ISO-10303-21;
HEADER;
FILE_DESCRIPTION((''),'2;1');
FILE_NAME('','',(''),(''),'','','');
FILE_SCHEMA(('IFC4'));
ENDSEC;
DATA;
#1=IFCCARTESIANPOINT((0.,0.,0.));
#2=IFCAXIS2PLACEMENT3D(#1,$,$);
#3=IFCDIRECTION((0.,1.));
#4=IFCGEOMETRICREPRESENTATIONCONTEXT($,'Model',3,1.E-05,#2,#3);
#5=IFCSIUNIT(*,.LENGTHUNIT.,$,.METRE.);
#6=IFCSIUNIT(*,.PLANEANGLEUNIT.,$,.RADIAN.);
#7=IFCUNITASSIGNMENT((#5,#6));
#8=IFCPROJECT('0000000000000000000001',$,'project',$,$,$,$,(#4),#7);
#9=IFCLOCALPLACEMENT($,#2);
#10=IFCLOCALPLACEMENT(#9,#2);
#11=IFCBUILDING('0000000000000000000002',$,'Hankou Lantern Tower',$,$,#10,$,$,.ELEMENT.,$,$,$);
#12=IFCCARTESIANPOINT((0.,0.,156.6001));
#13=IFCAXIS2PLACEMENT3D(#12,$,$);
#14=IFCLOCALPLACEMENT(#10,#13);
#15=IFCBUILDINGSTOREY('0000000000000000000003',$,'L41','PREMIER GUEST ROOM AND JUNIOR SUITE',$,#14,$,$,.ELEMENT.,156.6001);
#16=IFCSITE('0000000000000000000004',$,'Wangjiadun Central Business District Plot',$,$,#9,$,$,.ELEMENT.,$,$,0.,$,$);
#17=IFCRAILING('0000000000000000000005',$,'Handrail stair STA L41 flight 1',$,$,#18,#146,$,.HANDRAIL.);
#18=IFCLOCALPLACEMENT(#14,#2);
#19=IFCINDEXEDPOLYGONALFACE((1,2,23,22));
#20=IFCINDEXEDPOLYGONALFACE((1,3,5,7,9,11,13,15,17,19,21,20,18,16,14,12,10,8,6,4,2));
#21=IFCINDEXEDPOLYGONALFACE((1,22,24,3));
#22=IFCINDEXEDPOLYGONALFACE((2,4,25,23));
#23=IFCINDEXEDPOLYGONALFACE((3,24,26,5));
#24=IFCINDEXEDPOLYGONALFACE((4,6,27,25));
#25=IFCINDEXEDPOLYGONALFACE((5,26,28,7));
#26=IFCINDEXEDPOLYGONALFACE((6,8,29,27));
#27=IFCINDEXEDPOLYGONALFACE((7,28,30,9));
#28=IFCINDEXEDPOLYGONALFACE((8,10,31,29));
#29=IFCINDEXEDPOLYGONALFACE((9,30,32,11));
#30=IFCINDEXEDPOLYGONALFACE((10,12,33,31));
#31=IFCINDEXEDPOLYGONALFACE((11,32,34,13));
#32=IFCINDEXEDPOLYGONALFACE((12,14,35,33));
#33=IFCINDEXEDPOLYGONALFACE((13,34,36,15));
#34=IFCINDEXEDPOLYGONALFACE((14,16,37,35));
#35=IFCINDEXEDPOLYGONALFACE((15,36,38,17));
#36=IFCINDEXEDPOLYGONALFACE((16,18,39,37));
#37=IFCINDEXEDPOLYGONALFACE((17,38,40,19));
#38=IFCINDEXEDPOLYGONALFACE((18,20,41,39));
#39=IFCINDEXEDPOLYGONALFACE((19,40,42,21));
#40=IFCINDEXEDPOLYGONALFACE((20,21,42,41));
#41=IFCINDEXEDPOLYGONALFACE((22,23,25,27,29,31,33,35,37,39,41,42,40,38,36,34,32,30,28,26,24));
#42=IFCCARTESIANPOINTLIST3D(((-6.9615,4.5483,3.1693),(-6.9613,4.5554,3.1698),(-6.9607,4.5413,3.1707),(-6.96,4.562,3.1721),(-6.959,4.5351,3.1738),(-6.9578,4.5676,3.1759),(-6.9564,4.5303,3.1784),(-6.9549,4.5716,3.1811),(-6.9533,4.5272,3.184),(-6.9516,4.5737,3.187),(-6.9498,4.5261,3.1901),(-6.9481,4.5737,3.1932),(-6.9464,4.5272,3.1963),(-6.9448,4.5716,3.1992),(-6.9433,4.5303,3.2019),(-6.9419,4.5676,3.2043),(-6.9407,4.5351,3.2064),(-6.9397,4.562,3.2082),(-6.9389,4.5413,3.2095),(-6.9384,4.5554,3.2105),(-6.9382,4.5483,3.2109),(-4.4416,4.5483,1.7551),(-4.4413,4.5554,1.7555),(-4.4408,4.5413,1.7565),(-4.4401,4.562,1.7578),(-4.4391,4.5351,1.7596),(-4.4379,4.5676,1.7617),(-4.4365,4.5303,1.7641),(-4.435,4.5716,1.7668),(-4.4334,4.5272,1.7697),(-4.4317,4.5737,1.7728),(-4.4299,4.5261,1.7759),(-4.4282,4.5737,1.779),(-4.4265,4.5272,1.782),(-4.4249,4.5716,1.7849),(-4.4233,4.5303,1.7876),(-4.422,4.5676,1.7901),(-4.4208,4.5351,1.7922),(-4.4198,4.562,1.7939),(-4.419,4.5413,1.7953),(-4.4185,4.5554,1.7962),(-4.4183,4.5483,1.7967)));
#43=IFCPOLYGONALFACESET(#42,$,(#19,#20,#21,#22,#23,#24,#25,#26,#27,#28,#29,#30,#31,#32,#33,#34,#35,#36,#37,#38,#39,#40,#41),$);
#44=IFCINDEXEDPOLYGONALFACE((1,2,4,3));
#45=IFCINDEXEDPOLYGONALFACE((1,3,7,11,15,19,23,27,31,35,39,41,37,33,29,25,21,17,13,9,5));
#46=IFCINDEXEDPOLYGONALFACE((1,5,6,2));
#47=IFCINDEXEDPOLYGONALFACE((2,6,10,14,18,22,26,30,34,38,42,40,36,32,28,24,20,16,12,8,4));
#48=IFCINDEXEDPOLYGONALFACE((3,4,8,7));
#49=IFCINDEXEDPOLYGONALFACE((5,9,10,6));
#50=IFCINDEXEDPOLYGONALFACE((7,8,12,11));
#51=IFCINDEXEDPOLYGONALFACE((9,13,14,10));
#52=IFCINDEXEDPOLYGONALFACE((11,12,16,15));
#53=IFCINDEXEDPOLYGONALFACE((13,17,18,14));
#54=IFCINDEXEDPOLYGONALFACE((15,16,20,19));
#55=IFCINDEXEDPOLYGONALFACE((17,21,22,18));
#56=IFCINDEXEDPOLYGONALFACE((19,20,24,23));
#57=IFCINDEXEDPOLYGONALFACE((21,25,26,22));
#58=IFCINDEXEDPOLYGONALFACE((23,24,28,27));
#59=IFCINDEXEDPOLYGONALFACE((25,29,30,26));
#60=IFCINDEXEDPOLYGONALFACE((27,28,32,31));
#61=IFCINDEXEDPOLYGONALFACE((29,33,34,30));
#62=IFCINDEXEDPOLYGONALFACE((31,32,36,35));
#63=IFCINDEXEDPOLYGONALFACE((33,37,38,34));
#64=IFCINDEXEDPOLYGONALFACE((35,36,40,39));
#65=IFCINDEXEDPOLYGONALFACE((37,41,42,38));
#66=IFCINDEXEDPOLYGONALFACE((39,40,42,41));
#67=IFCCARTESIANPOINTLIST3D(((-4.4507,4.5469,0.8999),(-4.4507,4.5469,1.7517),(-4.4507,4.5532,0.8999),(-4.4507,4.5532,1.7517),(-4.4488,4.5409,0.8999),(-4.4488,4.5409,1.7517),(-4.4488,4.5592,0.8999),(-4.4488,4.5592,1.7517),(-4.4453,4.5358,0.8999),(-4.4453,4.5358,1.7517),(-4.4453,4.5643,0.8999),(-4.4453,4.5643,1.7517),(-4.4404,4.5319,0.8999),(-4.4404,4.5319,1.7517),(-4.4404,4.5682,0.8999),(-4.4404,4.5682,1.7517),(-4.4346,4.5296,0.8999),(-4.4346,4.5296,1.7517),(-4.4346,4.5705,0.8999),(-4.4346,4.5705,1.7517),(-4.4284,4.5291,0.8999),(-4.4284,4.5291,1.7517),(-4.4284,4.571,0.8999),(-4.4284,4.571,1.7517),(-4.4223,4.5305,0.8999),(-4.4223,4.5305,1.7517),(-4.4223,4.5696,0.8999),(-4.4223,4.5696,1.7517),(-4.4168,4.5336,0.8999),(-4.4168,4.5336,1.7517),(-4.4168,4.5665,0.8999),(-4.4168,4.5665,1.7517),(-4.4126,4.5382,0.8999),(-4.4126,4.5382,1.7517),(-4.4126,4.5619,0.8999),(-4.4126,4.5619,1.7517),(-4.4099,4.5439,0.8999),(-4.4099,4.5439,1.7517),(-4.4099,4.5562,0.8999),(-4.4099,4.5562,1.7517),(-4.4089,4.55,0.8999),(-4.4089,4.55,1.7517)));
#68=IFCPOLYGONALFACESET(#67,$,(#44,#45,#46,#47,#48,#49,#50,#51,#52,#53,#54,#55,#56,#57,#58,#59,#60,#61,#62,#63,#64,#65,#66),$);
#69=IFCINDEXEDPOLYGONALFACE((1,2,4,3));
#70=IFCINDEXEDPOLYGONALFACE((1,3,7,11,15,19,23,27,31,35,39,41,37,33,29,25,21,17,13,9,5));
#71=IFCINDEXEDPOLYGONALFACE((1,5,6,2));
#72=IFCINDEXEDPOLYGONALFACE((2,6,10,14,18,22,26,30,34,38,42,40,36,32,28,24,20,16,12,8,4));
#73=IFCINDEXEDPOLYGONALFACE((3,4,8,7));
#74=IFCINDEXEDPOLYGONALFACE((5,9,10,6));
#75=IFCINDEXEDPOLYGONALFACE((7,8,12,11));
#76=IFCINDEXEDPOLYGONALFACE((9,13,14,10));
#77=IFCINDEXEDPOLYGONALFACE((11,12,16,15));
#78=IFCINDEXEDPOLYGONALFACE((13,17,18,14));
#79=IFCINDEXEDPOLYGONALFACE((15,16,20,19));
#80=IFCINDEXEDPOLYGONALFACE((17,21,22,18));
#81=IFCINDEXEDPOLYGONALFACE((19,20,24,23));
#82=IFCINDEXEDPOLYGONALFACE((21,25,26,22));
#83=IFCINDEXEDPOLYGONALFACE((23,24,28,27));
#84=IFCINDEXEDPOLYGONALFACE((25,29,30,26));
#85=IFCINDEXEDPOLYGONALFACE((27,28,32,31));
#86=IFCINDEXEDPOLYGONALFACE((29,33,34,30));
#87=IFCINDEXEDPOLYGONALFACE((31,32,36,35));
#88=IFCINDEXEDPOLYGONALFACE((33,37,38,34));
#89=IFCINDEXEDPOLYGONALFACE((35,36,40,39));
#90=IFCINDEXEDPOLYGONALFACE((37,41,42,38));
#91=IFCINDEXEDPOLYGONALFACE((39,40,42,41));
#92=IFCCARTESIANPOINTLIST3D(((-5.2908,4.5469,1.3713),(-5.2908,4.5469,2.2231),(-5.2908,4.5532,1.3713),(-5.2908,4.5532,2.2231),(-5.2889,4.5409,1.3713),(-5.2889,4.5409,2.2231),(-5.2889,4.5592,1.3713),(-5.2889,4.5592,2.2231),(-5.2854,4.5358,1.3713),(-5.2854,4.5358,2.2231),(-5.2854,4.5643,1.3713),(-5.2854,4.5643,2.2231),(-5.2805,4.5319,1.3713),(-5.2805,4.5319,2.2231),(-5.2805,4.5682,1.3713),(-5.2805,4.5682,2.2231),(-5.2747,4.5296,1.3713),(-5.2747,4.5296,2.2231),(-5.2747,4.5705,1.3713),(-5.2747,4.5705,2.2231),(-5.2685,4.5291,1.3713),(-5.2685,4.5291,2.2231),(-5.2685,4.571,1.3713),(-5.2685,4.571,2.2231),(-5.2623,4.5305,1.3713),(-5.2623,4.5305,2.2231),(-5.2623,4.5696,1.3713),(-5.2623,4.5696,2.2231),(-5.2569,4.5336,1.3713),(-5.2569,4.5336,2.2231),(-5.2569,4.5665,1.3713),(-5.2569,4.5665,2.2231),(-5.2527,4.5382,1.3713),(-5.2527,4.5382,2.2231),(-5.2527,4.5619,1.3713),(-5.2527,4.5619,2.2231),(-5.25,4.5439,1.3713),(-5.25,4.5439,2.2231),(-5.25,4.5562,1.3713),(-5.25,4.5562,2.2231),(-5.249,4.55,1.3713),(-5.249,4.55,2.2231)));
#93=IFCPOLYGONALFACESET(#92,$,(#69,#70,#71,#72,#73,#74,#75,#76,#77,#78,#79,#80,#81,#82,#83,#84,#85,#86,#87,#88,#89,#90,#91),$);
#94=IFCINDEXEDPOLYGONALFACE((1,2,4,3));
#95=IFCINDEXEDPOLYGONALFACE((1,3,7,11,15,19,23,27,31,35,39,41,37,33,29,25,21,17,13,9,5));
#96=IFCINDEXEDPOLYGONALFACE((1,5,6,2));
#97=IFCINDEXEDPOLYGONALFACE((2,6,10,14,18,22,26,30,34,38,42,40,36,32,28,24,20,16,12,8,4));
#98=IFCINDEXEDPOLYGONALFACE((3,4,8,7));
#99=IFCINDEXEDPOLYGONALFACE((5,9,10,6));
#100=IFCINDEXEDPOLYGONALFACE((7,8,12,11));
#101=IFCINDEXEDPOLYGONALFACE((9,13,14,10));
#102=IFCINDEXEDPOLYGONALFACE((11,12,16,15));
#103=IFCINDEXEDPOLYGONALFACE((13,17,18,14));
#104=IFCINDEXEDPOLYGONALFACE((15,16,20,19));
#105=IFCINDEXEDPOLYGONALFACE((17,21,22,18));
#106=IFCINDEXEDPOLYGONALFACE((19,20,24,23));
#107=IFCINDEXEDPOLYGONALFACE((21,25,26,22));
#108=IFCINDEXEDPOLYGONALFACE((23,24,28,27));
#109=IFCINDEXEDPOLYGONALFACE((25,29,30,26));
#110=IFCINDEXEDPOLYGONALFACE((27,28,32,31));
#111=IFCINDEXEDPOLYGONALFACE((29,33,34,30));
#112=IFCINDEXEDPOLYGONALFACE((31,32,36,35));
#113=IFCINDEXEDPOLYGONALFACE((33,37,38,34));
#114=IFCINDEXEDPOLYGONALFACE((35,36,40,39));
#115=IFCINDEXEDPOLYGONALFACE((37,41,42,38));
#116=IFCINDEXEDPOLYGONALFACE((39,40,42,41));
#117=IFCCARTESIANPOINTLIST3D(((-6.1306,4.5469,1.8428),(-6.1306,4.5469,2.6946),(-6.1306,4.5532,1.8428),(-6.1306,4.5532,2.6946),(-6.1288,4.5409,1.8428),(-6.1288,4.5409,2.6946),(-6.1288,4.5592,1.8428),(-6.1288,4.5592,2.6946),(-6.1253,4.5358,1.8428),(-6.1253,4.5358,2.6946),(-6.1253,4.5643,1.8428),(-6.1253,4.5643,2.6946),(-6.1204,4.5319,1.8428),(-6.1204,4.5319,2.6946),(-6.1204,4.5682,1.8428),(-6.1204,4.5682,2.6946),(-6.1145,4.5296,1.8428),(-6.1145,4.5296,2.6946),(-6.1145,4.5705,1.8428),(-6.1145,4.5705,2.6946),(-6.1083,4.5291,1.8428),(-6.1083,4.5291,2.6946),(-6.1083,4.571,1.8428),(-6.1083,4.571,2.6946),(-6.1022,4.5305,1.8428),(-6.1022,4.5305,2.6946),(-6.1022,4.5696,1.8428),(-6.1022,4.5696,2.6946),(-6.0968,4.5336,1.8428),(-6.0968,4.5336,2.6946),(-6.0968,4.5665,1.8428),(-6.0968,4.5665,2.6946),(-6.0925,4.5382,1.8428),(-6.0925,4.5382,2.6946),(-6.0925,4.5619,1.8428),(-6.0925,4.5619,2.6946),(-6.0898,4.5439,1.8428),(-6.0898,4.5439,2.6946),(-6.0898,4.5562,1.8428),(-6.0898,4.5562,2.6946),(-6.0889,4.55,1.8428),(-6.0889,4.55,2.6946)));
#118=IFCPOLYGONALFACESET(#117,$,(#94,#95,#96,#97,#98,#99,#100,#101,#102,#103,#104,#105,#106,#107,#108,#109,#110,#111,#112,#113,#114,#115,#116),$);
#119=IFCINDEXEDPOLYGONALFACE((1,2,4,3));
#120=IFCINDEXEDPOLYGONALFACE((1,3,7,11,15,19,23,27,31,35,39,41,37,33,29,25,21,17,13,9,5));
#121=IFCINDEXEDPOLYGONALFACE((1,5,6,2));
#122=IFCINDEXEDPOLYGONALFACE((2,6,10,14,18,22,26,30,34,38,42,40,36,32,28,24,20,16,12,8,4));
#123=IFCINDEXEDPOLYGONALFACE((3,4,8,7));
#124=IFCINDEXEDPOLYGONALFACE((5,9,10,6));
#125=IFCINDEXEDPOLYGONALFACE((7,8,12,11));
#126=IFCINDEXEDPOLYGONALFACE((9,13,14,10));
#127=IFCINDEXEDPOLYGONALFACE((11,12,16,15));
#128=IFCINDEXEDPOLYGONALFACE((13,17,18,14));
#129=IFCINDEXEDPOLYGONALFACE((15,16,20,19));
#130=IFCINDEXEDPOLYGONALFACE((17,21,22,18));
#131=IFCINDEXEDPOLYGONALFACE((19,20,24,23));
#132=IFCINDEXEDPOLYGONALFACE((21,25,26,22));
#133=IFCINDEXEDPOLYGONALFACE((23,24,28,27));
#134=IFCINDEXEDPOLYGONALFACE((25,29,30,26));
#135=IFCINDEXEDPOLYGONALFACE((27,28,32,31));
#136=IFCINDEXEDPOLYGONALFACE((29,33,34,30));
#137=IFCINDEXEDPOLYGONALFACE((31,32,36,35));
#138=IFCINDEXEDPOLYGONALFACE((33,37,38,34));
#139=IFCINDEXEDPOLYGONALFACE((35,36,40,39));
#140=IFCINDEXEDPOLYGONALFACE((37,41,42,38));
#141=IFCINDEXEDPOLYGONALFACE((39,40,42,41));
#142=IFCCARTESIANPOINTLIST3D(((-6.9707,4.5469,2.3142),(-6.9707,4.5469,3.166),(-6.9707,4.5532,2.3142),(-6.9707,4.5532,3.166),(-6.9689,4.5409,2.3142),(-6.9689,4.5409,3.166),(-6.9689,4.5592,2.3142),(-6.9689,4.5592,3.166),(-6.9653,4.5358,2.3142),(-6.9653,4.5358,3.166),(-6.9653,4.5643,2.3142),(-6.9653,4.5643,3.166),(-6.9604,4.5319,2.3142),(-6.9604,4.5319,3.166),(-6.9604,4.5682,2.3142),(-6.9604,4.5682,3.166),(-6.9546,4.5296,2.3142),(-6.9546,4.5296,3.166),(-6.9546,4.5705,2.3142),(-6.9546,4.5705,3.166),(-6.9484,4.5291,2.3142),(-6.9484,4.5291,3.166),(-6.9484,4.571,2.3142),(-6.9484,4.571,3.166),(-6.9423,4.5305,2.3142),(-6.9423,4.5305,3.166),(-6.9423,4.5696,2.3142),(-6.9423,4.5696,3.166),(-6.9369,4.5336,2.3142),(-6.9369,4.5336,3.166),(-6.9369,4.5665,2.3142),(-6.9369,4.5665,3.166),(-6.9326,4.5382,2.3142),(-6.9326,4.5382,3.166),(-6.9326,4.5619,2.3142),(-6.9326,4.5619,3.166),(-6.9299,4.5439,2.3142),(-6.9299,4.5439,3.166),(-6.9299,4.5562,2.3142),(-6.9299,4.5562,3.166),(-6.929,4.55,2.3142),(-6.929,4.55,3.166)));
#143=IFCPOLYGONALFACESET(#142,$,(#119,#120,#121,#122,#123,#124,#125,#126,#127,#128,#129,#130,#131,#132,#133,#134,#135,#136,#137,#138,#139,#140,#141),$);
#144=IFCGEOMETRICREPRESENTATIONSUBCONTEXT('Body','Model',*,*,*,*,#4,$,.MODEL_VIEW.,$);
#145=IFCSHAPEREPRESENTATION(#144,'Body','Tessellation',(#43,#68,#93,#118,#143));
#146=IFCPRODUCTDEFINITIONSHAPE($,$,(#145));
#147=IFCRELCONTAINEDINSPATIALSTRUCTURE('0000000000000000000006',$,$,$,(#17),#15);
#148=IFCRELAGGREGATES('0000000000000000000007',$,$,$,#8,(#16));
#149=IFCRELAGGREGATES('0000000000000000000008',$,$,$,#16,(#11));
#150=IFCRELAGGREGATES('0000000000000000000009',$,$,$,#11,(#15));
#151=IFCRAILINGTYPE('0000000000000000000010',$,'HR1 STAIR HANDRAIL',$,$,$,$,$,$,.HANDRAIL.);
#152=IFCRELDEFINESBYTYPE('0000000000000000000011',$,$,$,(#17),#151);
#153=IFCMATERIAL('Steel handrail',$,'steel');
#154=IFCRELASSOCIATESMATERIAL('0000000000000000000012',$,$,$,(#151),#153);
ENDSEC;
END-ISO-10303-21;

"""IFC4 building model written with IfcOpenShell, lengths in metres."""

from ifc_helpers import new_model, si_unit, direction, frame, origin, origin_2d, place, context, subcontext, project, spatial, circle, extrude, material, type_object, element, save


model = new_model("IFC4")

# Units and contexts
model_context = context("Model", 3, precision=1e-05, world=origin(), true_north=direction((0.0, 1.0)))
body_context = subcontext(model_context, "Body", "Model", "MODEL_VIEW")
ifc_project = project(units=[si_unit("LENGTHUNIT", "METRE"), si_unit("PLANEANGLEUNIT", "RADIAN")], contexts=[model_context])

# Site, building, storey
site_placement = place(None, origin())
site = spatial("IfcSite", under=ifc_project, at=site_placement, Name="Wangjiadun Central Business District Plot", CompositionType="ELEMENT", RefElevation=0.0)
building_placement = place(site_placement, origin())
building = spatial("IfcBuilding", under=site, at=building_placement, Name="Hankou Lantern Tower", CompositionType="ELEMENT")
storey_placement = place(building_placement, frame((0.0, 0.0, 156.6001)))
storey = spatial("IfcBuildingStorey", under=building, at=storey_placement, Name="L41", Description="PREMIER GUEST ROOM AND JUNIOR SUITE", CompositionType="ELEMENT", Elevation=156.6001)

# Railing
ifc_material_1 = material(Name="Steel handrail", Category="steel")
railing_type = type_object("IfcRailingType", Name="HR1 STAIR HANDRAIL", PredefinedType="HANDRAIL", material=ifc_material_1)
railing_placement = place(storey_placement, frame((-4.4299, 4.55, 0.8999)))
element("IfcRailing", 1, at=railing_placement, inside=storey, type_object=railing_type, Name="Handrail stair STA L41 flight 1", PredefinedType="HANDRAIL", context=body_context, shape_type="SweptSolid", body=[
    extrude(circle(Radius=0.0239, at=origin_2d()), frame((0.0, 0.0, 0.876), z_axis=(-0.872049, 0.0, 0.489419), x_axis=(0.0, -1.0, 0.0)), (0.0, 0.0, 1.0), 2.8896),
    extrude(circle(Radius=0.021, at=origin_2d()), origin(), (0.0, 0.0, 1.0), 0.8518),
    extrude(circle(Radius=0.021, at=origin_2d()), frame((-0.8401, 0.0, 0.4714)), (0.0, 0.0, 1.0), 0.8518),
    extrude(circle(Radius=0.021, at=origin_2d()), frame((-1.6799, 0.0, 0.9429)), (0.0, 0.0, 1.0), 0.8518),
    extrude(circle(Radius=0.021, at=origin_2d()), frame((-2.52, 0.0, 1.4143)), (0.0, 0.0, 1.0), 0.8518),
])

save(model, "model.ifc")
